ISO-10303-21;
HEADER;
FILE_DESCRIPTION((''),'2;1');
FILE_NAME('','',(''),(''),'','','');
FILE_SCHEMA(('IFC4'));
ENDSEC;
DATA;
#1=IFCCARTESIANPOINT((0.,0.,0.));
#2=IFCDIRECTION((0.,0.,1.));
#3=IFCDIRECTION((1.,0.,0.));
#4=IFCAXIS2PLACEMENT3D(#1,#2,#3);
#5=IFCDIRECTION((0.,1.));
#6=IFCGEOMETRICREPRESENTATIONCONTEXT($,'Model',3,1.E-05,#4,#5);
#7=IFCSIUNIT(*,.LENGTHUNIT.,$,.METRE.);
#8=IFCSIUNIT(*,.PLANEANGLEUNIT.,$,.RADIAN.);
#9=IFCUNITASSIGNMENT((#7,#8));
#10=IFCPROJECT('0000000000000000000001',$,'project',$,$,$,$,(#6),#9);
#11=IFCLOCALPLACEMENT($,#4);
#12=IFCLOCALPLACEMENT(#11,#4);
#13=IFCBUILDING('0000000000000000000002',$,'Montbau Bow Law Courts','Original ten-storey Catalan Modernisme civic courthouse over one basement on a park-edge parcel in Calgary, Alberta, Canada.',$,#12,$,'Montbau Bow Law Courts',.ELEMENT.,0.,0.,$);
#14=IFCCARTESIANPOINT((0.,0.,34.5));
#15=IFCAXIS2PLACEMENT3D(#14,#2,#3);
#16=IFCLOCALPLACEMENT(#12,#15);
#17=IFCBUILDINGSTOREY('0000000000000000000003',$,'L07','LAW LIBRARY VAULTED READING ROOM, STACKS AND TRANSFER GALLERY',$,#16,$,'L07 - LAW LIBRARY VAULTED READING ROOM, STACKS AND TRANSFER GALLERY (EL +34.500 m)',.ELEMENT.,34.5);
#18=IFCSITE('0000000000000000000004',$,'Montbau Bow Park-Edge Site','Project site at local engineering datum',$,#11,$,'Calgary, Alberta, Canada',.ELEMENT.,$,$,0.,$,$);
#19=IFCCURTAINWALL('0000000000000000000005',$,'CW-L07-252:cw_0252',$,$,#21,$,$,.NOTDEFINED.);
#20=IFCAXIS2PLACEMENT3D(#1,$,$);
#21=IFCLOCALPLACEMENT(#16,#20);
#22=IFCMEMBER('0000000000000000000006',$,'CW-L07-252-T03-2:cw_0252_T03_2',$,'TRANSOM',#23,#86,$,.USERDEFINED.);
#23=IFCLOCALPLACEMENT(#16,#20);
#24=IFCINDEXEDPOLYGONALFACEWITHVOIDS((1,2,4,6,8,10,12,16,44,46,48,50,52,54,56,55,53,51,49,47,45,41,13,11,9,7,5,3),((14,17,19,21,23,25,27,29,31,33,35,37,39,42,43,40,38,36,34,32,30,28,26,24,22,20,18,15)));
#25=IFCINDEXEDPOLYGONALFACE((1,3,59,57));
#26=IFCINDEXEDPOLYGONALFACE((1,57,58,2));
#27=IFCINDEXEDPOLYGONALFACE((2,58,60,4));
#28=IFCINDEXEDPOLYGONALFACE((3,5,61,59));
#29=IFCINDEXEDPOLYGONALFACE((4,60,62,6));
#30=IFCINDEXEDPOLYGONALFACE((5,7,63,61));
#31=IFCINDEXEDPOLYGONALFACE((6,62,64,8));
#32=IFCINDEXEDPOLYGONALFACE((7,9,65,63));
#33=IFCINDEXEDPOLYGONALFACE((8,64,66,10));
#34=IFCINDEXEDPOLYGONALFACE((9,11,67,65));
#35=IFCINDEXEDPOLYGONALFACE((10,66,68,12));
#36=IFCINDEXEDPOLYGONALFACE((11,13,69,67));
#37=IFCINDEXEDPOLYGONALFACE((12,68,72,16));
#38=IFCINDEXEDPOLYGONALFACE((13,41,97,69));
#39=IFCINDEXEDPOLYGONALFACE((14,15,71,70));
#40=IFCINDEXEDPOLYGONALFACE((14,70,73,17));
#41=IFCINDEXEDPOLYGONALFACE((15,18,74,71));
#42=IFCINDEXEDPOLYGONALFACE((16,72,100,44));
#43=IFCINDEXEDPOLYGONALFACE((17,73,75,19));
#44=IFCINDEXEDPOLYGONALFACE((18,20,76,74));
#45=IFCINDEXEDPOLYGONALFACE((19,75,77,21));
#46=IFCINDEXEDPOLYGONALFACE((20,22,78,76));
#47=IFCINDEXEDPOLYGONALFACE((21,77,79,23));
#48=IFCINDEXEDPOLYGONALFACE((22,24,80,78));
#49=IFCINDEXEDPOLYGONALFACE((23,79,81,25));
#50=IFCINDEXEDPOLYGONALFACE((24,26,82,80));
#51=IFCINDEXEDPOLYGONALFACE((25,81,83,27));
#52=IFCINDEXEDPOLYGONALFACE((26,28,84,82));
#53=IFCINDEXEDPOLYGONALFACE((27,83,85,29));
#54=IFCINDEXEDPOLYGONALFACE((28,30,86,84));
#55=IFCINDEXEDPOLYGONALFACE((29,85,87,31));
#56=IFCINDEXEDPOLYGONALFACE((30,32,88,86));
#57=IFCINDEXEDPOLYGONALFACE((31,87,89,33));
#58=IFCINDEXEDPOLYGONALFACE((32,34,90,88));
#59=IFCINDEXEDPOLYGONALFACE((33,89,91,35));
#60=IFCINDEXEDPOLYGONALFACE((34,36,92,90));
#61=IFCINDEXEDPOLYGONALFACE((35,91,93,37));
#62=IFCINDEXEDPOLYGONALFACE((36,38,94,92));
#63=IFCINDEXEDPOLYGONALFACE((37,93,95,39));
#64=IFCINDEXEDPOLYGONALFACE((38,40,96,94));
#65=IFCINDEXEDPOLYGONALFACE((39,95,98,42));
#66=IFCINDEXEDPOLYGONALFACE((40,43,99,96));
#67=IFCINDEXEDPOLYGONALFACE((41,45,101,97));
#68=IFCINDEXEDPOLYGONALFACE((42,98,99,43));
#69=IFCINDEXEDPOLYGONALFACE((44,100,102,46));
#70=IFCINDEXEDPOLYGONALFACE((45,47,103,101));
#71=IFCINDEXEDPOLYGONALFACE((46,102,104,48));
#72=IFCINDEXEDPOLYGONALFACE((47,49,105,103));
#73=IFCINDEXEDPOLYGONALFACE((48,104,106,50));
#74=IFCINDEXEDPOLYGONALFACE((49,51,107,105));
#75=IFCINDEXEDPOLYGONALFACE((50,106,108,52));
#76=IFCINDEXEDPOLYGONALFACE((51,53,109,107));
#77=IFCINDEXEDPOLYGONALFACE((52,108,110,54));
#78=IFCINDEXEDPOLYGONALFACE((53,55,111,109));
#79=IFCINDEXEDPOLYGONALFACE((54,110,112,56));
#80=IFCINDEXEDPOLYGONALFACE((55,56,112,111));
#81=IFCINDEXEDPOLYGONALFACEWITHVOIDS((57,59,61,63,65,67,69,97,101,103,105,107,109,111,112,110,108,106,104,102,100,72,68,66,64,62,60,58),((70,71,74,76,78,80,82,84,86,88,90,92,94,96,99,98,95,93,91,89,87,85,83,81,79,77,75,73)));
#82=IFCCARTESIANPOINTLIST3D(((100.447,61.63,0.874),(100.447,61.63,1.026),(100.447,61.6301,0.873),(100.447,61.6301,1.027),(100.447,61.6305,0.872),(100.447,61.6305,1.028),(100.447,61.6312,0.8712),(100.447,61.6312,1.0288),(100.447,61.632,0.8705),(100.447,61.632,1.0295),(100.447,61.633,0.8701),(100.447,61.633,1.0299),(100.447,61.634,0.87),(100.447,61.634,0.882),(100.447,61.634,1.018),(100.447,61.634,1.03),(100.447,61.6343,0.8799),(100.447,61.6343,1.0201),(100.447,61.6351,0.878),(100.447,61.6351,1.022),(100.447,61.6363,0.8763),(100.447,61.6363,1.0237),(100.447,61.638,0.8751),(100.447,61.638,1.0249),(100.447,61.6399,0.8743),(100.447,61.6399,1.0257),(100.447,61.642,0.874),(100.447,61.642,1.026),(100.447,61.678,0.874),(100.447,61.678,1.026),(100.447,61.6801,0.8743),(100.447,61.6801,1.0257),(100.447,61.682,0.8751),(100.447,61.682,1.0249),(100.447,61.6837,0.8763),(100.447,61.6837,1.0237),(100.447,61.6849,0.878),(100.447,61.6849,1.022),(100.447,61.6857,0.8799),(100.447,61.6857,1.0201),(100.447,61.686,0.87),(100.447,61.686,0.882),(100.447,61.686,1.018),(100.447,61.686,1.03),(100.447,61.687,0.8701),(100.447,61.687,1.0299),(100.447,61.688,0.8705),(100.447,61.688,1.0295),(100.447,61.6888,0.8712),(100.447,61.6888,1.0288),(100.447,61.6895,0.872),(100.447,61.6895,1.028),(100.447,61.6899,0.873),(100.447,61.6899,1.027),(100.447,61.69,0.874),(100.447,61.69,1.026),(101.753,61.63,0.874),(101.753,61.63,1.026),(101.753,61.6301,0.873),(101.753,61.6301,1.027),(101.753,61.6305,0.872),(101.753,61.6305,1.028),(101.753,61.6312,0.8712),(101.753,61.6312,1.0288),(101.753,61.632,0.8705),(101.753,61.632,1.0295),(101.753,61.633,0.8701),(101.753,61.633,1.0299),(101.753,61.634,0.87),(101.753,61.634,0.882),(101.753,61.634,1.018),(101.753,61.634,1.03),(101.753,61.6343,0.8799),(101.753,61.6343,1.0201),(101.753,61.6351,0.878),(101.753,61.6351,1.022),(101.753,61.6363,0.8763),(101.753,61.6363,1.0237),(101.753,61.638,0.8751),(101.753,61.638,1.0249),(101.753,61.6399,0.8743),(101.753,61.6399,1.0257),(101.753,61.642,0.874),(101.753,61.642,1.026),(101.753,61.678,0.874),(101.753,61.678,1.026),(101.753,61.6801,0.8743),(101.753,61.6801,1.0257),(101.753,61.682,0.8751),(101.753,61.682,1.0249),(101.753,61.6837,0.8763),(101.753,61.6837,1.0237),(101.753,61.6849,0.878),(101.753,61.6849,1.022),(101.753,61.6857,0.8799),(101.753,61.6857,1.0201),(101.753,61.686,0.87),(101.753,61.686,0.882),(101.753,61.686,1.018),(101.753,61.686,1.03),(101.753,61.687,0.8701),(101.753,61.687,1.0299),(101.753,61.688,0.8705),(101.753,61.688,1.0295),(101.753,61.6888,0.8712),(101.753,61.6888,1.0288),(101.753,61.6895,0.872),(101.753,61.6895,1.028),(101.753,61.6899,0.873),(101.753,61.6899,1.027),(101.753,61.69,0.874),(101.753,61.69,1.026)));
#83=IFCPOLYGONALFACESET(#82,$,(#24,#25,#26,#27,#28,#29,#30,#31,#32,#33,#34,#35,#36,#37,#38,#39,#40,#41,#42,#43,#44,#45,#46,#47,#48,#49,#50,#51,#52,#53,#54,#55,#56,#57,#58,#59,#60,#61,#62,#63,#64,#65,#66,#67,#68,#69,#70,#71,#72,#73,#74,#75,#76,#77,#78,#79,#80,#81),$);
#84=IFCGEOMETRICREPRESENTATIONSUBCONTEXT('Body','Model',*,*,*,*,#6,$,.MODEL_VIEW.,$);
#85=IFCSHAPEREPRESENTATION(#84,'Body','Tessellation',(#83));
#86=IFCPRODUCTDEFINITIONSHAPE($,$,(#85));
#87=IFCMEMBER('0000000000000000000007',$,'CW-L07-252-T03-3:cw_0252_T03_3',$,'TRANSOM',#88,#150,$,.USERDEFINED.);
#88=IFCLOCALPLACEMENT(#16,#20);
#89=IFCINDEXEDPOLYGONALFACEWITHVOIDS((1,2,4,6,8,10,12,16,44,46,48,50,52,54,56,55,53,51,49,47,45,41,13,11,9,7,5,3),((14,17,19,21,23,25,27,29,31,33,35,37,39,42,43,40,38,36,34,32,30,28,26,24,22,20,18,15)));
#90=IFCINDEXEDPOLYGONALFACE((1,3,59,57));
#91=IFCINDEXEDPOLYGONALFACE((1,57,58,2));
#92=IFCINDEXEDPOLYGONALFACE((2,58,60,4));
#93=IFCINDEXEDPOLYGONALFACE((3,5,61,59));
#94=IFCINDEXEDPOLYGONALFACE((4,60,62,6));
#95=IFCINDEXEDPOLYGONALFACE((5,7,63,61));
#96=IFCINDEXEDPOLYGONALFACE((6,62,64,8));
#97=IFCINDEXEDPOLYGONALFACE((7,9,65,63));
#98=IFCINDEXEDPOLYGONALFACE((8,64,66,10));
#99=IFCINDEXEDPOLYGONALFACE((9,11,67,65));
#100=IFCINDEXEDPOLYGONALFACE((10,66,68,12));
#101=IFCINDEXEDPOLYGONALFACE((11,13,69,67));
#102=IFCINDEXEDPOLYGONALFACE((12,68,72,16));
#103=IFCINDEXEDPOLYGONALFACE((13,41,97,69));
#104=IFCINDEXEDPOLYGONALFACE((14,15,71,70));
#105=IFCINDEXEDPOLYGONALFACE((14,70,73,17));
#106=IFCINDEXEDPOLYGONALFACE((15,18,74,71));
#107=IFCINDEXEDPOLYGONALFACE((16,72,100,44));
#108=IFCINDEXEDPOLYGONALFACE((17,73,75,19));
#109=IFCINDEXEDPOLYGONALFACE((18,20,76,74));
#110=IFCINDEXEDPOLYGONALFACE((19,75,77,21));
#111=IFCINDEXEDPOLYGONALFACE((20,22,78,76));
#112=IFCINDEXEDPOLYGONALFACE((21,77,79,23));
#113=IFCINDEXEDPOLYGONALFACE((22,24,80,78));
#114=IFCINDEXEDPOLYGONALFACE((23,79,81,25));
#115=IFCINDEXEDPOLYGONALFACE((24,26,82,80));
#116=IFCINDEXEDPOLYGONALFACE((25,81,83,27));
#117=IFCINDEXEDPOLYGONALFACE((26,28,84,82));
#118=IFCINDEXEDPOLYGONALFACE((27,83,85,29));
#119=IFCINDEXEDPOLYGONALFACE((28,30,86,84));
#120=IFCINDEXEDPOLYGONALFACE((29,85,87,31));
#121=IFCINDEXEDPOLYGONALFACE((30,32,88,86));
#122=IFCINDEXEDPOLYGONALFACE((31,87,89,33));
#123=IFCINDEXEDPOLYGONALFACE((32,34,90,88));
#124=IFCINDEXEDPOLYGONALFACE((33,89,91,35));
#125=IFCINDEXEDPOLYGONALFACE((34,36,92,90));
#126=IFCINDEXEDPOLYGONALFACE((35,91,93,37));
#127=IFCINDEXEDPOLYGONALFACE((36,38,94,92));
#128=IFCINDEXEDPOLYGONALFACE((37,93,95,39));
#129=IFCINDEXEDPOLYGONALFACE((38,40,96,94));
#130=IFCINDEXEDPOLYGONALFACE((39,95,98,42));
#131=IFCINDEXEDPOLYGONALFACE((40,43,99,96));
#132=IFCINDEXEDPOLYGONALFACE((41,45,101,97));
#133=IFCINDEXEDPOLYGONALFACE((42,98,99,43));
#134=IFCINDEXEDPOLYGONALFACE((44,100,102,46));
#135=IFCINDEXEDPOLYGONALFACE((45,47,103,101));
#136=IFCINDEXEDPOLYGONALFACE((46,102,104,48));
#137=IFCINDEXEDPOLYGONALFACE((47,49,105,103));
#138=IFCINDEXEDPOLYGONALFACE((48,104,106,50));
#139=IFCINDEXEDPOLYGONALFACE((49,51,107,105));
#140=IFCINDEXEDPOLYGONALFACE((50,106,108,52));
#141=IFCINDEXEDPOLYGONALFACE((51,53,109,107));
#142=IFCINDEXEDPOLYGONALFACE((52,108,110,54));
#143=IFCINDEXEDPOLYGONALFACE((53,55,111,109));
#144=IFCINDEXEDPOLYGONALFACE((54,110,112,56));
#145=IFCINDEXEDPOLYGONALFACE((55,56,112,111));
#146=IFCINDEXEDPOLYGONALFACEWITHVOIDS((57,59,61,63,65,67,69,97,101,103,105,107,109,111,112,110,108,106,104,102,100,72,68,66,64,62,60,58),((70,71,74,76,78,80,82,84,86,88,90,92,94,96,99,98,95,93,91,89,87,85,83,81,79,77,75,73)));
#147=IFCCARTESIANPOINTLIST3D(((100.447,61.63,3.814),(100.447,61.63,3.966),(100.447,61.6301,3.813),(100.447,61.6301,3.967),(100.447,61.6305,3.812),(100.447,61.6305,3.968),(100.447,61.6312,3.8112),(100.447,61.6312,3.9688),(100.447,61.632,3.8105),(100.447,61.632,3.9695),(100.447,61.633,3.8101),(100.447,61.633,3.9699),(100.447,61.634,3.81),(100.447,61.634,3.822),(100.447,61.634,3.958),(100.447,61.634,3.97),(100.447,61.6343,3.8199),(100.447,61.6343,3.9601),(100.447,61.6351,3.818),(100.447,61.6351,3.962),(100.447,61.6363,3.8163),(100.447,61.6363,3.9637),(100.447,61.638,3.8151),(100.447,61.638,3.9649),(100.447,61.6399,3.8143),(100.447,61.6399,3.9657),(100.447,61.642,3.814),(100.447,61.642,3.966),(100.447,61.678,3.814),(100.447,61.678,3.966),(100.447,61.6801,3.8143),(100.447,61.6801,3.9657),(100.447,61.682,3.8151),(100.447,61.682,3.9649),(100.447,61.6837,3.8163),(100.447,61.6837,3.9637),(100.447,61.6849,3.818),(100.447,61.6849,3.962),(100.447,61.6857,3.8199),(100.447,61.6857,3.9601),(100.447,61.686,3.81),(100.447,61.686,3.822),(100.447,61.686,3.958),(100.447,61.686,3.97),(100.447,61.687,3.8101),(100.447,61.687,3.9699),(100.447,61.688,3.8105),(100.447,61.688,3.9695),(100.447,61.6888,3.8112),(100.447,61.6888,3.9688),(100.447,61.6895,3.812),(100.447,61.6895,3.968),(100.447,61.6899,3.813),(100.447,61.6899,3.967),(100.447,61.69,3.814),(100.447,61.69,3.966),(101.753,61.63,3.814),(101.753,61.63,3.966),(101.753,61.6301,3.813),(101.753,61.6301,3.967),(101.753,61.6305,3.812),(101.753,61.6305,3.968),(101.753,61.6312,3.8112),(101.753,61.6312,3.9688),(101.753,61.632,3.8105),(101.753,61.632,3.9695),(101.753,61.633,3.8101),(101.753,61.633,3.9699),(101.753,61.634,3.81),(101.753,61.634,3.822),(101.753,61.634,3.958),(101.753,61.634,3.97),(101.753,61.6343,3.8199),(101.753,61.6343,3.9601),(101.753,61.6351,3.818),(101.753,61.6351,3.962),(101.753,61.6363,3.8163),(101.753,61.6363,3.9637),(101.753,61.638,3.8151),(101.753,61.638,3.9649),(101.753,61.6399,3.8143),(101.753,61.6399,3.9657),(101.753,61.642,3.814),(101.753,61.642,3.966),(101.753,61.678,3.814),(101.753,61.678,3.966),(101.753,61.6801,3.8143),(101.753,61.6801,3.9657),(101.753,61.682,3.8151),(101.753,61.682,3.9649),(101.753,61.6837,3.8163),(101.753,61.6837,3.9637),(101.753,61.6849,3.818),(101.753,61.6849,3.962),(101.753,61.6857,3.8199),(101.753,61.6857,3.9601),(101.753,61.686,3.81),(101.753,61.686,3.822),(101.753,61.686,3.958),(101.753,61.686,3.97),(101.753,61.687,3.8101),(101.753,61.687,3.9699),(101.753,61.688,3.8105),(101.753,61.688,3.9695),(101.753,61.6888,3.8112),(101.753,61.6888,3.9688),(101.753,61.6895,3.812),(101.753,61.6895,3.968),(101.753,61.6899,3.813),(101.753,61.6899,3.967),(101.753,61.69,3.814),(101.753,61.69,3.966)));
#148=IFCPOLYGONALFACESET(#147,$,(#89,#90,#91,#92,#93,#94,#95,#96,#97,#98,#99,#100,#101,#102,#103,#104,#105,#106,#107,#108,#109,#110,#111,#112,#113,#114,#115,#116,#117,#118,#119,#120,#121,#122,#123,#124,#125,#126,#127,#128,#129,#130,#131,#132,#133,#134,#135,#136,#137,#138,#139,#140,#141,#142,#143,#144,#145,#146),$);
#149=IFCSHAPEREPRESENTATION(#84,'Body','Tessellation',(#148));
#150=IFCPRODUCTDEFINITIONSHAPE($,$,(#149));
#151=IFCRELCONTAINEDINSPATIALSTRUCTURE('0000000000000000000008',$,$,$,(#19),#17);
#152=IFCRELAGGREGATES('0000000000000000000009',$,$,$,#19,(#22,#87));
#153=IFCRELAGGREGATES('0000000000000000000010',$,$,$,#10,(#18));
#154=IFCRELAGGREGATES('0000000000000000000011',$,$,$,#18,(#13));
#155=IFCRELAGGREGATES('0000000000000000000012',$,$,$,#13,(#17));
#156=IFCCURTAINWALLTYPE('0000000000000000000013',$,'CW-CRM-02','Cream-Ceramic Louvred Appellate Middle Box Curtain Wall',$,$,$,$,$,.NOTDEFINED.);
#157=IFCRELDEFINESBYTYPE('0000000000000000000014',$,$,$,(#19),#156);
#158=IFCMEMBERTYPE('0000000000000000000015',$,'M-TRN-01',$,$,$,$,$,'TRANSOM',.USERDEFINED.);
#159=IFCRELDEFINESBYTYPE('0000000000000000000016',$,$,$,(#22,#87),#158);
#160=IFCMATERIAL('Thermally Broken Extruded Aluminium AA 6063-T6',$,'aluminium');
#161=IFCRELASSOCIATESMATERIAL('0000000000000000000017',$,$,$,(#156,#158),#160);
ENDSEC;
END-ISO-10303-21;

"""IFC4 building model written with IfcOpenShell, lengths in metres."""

from ifc_helpers import new_model, si_unit, direction, frame, origin_with_axes, origin_2d_with_axis, place, context, subcontext, project, spatial, hollow_rectangle, extrude, material, material_profile, profile_set, type_object, element, aggregate, save


model = new_model("IFC4")

# Units and contexts
model_context = context("Model", 3, precision=1e-05, world=origin_with_axes(), true_north=direction((0.0, 1.0)))
body_context = subcontext(model_context, "Body", "Model", "MODEL_VIEW")
ifc_project = project(units=[si_unit("LENGTHUNIT", "METRE"), si_unit("PLANEANGLEUNIT", "RADIAN")], contexts=[model_context])

# Site, building, storey
site_placement = place(None, origin_with_axes())
site = spatial("IfcSite", under=ifc_project, at=site_placement, Name="Montbau Bow Park-Edge Site", Description="Project site at local engineering datum", LongName="Calgary, Alberta, Canada", CompositionType="ELEMENT", RefElevation=0.0)
building_placement = place(site_placement, origin_with_axes())
building = spatial("IfcBuilding", under=site, at=building_placement, Name="Montbau Bow Law Courts", Description="Original ten-storey Catalan Modernisme civic courthouse over one basement on a park-edge parcel in Calgary, Alberta, Canada.", LongName="Montbau Bow Law Courts", CompositionType="ELEMENT", ElevationOfRefHeight=0.0, ElevationOfTerrain=0.0)
storey_placement = place(building_placement, frame((0.0, 0.0, 34.5), z_axis=(0.0, 0.0, 1.0), x_axis=(1.0, 0.0, 0.0)))
storey = spatial("IfcBuildingStorey", under=building, at=storey_placement, Name="L07", Description="LAW LIBRARY VAULTED READING ROOM, STACKS AND TRANSFER GALLERY", LongName="L07 - LAW LIBRARY VAULTED READING ROOM, STACKS AND TRANSFER GALLERY (EL +34.500 m)", CompositionType="ELEMENT", Elevation=34.5)

# Curtain wall
ifc_material_1 = material(Name="Thermally Broken Extruded Aluminium AA 6063-T6", Category="aluminium")
curtain_wall_type = type_object("IfcCurtainWallType", Name="CW-CRM-02", Description="Cream-Ceramic Louvred Appellate Middle Box Curtain Wall", PredefinedType="NOTDEFINED", material=ifc_material_1)
curtain_wall_1_placement = place(None, frame((97.64, 61.66, 34.5), z_axis=(0.0, 0.0, 1.0), x_axis=(1.0, 0.0, 0.0)))
curtain_wall_1 = element("IfcCurtainWall", 1, at=curtain_wall_1_placement, inside=storey, type_object=curtain_wall_type, Name="CW-L07-252:cw_0252", PredefinedType="NOTDEFINED")

# Members
ifc_material_profile_1 = material_profile(ifc_material_1, hollow_rectangle(XDim=0.06, YDim=0.16, WallThickness=0.004, InnerFilletRadius=0.008, OuterFilletRadius=0.004, at=origin_2d_with_axis()), Name="CWT-160X60", Category="Main", Priority=0)
ifc_profile_set_1 = profile_set([ifc_material_profile_1], Name="Thermally Broken Extruded Aluminium AA 6063-T6")
member_type_1 = type_object("IfcMemberType", Name="M-TRN-01", ElementType="TRANSOM", PredefinedType="USERDEFINED", material=ifc_profile_set_1)
member_1_placement = place(None, frame((100.447, 61.66, 35.45), z_axis=(1.0, 0.0, 0.0), x_axis=(0.0, 1.0, 0.0)))
member_1 = element("IfcMember", 2, at=member_1_placement, type_object=member_type_1, Name="CW-L07-252-T03-2:cw_0252_T03_2", ObjectType="TRANSOM", PredefinedType="USERDEFINED", context=body_context, shape_type="SweptSolid", body=[
    extrude(hollow_rectangle(XDim=0.06, YDim=0.16, WallThickness=0.004, InnerFilletRadius=0.008, OuterFilletRadius=0.004, at=origin_2d_with_axis()), origin_with_axes(), (0.0, 0.0, 1.0), 1.306),
])
member_2_placement = place(None, frame((100.447, 61.66, 38.39), z_axis=(1.0, 0.0, 0.0), x_axis=(0.0, 1.0, 0.0)))
member_2 = element("IfcMember", 3, at=member_2_placement, type_object=member_type_1, Name="CW-L07-252-T03-3:cw_0252_T03_3", ObjectType="TRANSOM", PredefinedType="USERDEFINED", context=body_context, shape_type="SweptSolid", body=[
    extrude(hollow_rectangle(XDim=0.06, YDim=0.16, WallThickness=0.004, InnerFilletRadius=0.008, OuterFilletRadius=0.004, at=origin_2d_with_axis()), origin_with_axes(), (0.0, 0.0, 1.0), 1.306),
])

aggregate(curtain_wall_1, [member_1, member_2])

save(model, "model.ifc")
